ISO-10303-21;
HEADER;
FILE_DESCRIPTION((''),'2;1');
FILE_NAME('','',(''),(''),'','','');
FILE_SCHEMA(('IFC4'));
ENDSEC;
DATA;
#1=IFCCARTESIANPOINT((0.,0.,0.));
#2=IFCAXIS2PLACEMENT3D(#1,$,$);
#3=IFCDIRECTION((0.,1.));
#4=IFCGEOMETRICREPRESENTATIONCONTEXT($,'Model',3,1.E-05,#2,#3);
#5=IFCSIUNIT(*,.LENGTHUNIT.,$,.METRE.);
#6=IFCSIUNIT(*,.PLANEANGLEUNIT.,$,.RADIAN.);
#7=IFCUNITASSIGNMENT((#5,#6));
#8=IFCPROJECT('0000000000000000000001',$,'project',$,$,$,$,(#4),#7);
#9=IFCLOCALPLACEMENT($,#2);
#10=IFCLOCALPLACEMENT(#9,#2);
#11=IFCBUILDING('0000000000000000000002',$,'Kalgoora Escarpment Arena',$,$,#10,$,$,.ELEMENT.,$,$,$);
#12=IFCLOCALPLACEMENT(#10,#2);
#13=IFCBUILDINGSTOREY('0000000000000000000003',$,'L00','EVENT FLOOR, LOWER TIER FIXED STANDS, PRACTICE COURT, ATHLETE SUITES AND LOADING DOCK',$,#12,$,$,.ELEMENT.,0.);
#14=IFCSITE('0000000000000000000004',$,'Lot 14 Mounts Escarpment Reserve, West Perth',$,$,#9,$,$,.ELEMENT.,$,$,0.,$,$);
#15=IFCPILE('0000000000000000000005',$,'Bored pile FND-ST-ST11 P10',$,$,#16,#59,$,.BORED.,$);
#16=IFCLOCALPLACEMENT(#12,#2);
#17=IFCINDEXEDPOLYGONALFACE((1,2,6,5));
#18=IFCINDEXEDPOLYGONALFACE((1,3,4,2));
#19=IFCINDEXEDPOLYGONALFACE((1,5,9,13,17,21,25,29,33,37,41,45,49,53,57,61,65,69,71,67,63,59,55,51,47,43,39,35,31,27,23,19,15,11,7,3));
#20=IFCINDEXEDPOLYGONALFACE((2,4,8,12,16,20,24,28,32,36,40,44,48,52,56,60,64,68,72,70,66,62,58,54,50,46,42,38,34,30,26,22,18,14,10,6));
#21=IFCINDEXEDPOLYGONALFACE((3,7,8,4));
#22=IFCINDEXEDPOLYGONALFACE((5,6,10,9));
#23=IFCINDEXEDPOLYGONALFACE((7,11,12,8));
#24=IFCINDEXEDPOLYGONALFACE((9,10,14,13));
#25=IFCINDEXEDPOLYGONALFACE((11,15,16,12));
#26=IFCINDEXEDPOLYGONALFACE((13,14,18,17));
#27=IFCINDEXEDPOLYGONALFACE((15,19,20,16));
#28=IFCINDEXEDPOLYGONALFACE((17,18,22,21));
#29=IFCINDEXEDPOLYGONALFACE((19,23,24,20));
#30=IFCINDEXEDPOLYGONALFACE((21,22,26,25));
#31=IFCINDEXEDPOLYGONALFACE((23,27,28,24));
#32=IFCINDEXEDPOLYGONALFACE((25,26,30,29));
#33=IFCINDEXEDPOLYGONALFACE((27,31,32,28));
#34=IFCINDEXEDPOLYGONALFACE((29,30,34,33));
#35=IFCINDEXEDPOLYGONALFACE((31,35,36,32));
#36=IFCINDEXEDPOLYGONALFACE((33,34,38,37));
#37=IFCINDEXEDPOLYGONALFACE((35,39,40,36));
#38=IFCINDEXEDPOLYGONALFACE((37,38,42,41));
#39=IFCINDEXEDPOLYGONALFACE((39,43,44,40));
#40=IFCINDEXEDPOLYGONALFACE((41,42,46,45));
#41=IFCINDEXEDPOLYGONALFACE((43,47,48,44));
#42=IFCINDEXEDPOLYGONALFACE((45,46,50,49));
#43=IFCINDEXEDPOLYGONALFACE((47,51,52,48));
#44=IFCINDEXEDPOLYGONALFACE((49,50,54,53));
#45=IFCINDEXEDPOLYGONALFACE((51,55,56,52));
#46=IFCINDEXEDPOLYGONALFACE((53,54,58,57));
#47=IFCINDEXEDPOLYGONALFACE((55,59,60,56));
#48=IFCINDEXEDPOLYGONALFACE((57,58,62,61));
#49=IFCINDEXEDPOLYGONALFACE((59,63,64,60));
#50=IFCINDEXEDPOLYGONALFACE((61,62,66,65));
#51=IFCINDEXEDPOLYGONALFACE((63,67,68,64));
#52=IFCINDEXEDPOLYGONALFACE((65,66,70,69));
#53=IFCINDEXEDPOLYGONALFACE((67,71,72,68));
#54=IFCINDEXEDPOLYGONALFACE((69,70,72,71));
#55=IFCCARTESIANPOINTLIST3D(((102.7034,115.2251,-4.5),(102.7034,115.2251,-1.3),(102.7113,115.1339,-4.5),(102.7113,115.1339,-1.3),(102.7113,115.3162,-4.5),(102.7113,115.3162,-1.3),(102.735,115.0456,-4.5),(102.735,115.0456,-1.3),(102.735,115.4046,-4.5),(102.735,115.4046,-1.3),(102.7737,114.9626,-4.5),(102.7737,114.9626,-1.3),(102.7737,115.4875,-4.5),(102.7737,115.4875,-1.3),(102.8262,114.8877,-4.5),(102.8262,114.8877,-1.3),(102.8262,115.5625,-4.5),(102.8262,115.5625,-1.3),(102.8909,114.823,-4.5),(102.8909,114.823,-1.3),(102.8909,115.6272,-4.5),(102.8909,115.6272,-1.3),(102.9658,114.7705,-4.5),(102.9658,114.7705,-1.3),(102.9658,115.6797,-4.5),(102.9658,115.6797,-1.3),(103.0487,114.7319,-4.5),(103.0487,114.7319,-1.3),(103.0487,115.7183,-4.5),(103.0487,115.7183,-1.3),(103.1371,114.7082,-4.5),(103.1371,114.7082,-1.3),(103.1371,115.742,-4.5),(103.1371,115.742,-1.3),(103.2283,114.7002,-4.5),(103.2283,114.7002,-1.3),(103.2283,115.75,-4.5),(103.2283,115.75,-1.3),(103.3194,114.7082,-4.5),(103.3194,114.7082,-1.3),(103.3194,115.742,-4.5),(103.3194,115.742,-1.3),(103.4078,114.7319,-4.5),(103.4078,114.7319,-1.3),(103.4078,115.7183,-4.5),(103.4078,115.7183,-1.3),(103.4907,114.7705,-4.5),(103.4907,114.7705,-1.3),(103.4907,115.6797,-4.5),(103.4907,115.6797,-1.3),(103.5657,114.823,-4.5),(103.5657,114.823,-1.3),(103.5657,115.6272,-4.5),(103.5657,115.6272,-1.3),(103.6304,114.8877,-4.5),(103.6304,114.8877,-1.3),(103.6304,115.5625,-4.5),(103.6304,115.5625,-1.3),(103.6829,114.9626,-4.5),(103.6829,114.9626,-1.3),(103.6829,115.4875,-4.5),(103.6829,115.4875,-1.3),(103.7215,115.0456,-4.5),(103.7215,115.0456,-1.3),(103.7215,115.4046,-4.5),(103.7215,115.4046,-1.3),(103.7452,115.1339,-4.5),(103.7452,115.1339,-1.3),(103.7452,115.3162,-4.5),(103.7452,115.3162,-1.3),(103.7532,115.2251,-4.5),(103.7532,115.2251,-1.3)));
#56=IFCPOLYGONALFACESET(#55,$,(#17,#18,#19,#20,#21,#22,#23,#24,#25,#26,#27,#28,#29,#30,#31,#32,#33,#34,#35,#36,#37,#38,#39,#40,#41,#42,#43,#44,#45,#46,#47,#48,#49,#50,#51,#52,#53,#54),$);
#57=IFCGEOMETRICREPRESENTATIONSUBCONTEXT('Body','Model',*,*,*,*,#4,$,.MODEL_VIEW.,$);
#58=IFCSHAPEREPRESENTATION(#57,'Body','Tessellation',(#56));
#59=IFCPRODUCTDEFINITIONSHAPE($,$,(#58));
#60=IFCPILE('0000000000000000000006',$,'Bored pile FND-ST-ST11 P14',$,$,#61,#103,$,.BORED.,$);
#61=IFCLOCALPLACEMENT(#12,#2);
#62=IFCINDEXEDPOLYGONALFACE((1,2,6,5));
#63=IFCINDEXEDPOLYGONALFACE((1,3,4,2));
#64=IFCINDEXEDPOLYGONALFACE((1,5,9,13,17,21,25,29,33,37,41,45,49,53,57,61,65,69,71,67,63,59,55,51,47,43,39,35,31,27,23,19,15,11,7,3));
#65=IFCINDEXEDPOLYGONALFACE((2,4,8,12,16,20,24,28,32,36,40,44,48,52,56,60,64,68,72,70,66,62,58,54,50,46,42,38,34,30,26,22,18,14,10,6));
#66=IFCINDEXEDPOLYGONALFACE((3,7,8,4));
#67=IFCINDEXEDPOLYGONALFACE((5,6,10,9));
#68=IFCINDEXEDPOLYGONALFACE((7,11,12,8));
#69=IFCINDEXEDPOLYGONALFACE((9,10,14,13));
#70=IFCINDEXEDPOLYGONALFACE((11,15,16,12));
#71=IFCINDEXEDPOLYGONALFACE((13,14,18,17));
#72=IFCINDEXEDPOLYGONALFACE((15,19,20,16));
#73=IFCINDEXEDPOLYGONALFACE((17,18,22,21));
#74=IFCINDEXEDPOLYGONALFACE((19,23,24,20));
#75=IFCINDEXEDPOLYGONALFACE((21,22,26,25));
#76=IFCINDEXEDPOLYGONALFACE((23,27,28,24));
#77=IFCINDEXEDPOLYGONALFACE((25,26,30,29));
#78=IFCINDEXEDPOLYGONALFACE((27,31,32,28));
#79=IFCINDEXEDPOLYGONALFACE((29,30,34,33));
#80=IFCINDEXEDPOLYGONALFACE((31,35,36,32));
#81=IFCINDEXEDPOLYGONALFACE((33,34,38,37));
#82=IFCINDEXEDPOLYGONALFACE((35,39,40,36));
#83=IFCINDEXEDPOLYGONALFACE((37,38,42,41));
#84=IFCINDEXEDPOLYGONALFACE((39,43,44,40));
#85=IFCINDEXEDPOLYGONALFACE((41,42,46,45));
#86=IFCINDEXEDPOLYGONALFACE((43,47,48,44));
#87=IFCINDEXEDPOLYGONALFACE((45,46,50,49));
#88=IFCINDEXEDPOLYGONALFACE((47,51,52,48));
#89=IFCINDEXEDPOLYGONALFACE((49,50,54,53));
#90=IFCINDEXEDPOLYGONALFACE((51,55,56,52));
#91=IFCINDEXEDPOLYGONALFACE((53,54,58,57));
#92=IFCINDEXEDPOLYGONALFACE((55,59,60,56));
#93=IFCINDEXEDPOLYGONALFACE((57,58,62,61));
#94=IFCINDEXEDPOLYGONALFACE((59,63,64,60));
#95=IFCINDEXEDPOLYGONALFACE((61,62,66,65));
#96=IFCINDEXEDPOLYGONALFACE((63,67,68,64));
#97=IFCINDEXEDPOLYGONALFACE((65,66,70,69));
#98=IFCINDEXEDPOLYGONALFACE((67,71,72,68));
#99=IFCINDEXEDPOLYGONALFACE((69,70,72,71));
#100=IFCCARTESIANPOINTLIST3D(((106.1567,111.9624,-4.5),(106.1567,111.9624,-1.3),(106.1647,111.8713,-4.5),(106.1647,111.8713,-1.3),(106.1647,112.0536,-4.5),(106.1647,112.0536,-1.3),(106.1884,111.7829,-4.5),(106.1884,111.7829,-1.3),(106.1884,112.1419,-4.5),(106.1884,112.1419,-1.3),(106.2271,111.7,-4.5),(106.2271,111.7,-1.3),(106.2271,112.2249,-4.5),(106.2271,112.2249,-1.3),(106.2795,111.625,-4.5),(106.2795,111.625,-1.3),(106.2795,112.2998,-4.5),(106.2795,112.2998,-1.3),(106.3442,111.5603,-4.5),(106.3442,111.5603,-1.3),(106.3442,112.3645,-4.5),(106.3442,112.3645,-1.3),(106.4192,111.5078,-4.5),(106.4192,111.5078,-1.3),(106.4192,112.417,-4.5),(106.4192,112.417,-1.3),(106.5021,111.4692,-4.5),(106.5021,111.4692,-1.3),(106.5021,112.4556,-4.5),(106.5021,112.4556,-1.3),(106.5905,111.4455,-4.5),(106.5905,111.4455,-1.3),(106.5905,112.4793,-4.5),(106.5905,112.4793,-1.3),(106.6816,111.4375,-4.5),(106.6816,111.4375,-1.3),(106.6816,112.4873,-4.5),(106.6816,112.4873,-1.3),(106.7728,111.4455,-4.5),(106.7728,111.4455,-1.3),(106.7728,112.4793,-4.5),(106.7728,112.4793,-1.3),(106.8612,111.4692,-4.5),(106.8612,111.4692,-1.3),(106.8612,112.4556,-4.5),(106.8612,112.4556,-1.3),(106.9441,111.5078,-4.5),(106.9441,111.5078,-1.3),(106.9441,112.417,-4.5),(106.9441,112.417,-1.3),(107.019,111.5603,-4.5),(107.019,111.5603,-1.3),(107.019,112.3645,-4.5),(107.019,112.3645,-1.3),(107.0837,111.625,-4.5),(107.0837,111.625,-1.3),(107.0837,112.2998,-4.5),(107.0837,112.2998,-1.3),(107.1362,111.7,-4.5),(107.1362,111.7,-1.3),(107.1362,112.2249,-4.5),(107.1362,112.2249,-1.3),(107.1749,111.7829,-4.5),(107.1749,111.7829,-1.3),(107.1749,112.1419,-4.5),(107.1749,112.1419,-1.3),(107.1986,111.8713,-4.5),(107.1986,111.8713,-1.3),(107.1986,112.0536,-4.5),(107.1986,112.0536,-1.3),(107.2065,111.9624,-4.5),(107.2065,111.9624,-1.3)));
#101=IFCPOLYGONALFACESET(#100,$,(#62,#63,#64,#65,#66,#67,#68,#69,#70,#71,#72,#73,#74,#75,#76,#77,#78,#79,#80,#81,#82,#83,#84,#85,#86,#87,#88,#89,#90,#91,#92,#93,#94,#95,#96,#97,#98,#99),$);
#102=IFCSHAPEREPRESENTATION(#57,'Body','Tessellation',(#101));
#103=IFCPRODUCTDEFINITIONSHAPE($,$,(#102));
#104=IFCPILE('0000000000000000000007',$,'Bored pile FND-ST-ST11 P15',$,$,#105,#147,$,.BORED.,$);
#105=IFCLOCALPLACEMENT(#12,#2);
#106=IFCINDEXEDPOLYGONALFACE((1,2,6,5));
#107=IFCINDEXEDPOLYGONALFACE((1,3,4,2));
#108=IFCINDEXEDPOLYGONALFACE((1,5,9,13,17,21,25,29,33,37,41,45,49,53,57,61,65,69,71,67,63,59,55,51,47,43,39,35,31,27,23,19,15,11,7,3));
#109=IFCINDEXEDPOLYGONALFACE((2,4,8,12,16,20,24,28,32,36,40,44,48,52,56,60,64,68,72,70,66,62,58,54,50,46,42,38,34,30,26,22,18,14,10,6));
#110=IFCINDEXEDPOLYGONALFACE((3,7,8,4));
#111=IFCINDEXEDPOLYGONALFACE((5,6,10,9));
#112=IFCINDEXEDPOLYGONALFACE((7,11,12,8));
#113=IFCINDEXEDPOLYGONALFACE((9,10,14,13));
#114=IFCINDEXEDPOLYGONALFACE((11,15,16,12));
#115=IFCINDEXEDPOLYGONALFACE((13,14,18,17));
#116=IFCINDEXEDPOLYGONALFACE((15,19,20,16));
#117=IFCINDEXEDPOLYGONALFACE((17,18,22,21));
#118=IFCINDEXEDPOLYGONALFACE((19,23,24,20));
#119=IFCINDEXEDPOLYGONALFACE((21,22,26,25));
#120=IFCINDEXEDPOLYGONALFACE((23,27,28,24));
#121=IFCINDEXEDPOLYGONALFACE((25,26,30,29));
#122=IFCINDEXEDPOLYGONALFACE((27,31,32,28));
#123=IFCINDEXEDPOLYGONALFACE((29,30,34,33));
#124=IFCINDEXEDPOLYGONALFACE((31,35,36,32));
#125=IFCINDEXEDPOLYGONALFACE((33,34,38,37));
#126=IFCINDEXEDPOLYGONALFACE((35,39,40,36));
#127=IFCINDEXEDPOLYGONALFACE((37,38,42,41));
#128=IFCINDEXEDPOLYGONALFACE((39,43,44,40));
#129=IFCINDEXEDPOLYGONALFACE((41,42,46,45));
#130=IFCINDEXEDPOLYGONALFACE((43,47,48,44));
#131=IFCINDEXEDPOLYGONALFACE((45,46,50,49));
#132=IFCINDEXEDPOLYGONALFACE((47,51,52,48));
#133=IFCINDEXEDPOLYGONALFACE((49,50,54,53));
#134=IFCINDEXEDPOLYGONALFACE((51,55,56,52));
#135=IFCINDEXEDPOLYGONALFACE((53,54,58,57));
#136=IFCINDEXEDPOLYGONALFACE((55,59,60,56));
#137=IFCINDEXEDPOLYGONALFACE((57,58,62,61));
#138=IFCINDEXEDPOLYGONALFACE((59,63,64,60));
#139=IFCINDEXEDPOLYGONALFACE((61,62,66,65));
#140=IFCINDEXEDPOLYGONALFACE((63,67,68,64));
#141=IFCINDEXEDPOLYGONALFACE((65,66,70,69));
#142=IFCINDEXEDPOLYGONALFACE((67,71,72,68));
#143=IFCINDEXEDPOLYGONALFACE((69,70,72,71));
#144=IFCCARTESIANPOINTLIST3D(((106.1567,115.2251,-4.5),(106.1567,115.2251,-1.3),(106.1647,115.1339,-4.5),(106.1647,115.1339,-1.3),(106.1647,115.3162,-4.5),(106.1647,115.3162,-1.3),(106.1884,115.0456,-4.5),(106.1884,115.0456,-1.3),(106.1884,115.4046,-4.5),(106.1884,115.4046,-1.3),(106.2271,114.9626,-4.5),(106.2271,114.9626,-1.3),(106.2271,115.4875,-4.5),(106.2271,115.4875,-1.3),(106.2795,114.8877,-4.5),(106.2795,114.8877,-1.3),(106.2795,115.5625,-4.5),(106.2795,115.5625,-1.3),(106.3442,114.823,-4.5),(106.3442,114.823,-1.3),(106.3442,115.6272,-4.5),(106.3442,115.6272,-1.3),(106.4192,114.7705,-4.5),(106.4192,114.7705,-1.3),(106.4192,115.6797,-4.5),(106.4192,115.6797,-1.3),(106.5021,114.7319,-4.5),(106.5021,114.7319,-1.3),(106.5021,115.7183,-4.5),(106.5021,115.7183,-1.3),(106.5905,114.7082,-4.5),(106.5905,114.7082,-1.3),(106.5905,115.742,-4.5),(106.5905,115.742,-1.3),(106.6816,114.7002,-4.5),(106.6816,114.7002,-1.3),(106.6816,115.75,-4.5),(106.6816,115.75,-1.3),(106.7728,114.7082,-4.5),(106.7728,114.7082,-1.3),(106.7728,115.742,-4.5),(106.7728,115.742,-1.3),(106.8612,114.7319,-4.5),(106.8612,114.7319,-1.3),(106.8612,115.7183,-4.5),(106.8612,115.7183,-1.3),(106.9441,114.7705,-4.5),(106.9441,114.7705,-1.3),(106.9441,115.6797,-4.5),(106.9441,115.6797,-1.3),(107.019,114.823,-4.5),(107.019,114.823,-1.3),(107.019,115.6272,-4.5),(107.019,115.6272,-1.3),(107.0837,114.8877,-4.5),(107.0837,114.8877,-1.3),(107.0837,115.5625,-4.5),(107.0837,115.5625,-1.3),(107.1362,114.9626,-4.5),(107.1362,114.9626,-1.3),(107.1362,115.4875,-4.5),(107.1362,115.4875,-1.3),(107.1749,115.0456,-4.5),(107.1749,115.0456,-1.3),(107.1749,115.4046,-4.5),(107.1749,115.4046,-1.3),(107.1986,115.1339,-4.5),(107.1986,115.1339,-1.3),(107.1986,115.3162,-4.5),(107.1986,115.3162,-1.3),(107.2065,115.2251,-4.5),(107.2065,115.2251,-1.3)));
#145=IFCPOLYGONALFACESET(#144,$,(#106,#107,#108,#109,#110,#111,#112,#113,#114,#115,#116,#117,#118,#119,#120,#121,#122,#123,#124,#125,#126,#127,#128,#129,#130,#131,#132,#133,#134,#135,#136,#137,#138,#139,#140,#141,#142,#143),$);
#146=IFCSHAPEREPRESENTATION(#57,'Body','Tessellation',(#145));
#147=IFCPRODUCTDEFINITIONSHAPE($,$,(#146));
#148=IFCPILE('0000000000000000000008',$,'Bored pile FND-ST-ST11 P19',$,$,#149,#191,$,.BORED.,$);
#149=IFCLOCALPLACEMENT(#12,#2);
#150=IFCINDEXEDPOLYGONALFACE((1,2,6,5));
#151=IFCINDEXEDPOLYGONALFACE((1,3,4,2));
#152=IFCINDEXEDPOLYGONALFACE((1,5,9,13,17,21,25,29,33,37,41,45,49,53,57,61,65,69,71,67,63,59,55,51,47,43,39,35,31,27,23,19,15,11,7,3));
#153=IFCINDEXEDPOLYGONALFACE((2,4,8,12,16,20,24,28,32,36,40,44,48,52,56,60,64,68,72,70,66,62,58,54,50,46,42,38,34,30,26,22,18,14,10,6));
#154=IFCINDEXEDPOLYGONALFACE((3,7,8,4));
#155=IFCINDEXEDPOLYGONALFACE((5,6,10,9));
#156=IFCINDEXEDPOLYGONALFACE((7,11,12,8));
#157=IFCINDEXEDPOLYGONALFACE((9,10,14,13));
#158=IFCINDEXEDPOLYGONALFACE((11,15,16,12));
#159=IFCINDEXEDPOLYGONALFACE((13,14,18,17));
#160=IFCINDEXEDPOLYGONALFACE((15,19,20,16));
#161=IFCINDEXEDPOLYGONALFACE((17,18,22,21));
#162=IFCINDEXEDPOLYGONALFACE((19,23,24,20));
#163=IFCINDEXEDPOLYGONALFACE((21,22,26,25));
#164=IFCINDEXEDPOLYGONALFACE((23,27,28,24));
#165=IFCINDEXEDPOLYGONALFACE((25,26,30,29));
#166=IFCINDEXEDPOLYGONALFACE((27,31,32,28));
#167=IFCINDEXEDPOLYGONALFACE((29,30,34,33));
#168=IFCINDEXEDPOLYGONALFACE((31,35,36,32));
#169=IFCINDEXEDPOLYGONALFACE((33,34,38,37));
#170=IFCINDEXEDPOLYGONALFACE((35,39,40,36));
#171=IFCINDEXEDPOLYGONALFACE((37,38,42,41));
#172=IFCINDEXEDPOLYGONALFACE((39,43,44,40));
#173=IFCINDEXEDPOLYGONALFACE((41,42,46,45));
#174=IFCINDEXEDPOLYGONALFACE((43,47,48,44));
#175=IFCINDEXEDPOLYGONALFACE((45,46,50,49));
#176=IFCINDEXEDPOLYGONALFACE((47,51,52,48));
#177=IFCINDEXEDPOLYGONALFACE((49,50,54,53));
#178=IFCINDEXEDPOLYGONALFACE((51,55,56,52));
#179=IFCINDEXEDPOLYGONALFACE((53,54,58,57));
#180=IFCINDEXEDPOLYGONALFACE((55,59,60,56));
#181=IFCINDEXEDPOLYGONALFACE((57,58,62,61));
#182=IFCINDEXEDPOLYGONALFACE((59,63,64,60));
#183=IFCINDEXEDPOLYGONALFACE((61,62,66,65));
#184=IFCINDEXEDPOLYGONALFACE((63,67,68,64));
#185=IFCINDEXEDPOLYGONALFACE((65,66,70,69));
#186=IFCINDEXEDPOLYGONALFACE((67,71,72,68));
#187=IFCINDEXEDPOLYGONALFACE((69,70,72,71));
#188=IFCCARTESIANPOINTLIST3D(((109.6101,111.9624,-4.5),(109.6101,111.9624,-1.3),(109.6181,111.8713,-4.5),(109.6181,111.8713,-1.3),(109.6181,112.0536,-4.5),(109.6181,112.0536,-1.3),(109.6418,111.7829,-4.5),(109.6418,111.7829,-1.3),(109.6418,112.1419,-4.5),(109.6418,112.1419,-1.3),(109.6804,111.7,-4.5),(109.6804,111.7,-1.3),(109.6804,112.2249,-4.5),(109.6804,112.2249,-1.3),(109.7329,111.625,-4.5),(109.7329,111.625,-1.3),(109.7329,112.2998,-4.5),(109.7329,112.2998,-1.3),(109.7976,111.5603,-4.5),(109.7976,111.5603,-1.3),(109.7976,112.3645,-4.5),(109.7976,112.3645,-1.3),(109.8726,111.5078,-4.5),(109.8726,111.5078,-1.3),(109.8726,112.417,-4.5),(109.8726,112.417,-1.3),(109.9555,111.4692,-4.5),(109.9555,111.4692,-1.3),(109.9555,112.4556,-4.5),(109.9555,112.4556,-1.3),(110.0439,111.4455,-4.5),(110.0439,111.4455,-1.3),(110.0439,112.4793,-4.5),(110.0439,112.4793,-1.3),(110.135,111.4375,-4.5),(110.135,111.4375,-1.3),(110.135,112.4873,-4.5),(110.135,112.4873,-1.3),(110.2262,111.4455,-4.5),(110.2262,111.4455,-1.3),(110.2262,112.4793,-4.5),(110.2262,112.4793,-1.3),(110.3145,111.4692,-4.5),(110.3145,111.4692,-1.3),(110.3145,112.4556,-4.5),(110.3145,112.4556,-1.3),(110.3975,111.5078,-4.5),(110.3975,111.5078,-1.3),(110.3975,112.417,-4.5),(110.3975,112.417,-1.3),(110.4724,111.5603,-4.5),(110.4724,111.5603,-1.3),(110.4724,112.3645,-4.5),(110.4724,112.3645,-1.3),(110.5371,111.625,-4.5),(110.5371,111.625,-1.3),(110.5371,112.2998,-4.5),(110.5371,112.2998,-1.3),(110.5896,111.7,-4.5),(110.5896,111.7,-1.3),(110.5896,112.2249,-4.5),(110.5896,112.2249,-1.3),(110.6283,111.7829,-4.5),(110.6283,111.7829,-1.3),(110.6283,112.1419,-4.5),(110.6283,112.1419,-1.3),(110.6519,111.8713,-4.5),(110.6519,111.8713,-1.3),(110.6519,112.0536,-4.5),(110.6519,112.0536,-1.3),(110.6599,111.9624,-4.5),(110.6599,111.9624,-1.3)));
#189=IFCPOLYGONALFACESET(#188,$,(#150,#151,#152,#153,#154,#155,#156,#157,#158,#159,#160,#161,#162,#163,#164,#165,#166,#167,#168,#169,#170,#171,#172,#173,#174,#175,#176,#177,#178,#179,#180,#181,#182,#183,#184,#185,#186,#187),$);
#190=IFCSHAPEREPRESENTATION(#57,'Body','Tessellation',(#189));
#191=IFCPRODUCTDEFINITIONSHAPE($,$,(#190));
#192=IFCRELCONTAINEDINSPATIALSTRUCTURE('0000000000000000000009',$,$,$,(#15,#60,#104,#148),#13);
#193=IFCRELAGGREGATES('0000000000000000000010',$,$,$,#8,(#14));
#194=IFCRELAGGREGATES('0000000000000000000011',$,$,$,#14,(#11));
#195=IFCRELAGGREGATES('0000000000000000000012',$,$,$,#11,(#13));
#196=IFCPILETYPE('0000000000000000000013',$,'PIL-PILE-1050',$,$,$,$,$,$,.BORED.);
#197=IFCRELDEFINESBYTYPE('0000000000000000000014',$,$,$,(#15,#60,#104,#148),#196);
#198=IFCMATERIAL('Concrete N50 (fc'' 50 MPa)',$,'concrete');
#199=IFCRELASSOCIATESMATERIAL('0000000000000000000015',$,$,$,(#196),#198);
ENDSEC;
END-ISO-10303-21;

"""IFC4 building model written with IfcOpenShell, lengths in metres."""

from ifc_helpers import new_model, si_unit, direction, frame, origin, origin_2d, place, context, subcontext, project, spatial, circle, extrude, material, material_profile, profile_set, type_object, element, save


model = new_model("IFC4")

# Units and contexts
model_context = context("Model", 3, precision=1e-05, world=origin(), true_north=direction((0.0, 1.0)))
body_context = subcontext(model_context, "Body", "Model", "MODEL_VIEW")
ifc_project = project(units=[si_unit("LENGTHUNIT", "METRE"), si_unit("PLANEANGLEUNIT", "RADIAN")], contexts=[model_context])

# Site, building, storey
site_placement = place(None, origin())
site = spatial("IfcSite", under=ifc_project, at=site_placement, Name="Lot 14 Mounts Escarpment Reserve, West Perth", CompositionType="ELEMENT", RefElevation=0.0)
building_placement = place(site_placement, origin())
building = spatial("IfcBuilding", under=site, at=building_placement, Name="Kalgoora Escarpment Arena", CompositionType="ELEMENT")
storey_placement = place(building_placement, origin())
storey = spatial("IfcBuildingStorey", under=building, at=storey_placement, Name="L00", Description="EVENT FLOOR, LOWER TIER FIXED STANDS, PRACTICE COURT, ATHLETE SUITES AND LOADING DOCK", CompositionType="ELEMENT", Elevation=0.0)

# Piles
ifc_material_1 = material(Name="Concrete N50 (fc' 50 MPa)", Category="concrete")
ifc_material_profile_1 = material_profile(ifc_material_1, circle(Radius=0.5249, at=origin_2d()))
ifc_profile_set_1 = profile_set([ifc_material_profile_1], Name="Concrete N50 (fc' 50 MPa)")
pile_type_1 = type_object("IfcPileType", Name="PIL-PILE-1050", PredefinedType="BORED", material=ifc_profile_set_1)
for number, where, z_axis, x_axis, name in (
    (1, (103.2283, 115.2251, -1.3), (0.0, 0.0, -1.0), (1.0, 0.0, 0.0), "Bored pile FND-ST-ST11 P10"),
    (2, (106.6816, 111.9624, -1.3), (0.0, 0.0, -1.0), (1.0, 0.0, 0.0), "Bored pile FND-ST-ST11 P14"),
    (3, (106.6816, 115.2251, -1.3), (0.0, 0.0, -1.0), (1.0, 0.0, 0.0), "Bored pile FND-ST-ST11 P15"),
    (4, (110.135, 111.9624, -1.3), (0.0, 0.0, -1.0), (1.0, 0.0, 0.0), "Bored pile FND-ST-ST11 P19"),
):
    element("IfcPile", number, at=place(storey_placement, frame(where, z_axis=z_axis, x_axis=x_axis)), inside=storey, type_object=pile_type_1, Name=name, PredefinedType="BORED", context=body_context, shape_type="SweptSolid", body=[
        extrude(circle(Radius=0.5249, at=origin_2d()), origin(), (0.0, 0.0, 1.0), 3.2),
    ])

save(model, "model.ifc")
